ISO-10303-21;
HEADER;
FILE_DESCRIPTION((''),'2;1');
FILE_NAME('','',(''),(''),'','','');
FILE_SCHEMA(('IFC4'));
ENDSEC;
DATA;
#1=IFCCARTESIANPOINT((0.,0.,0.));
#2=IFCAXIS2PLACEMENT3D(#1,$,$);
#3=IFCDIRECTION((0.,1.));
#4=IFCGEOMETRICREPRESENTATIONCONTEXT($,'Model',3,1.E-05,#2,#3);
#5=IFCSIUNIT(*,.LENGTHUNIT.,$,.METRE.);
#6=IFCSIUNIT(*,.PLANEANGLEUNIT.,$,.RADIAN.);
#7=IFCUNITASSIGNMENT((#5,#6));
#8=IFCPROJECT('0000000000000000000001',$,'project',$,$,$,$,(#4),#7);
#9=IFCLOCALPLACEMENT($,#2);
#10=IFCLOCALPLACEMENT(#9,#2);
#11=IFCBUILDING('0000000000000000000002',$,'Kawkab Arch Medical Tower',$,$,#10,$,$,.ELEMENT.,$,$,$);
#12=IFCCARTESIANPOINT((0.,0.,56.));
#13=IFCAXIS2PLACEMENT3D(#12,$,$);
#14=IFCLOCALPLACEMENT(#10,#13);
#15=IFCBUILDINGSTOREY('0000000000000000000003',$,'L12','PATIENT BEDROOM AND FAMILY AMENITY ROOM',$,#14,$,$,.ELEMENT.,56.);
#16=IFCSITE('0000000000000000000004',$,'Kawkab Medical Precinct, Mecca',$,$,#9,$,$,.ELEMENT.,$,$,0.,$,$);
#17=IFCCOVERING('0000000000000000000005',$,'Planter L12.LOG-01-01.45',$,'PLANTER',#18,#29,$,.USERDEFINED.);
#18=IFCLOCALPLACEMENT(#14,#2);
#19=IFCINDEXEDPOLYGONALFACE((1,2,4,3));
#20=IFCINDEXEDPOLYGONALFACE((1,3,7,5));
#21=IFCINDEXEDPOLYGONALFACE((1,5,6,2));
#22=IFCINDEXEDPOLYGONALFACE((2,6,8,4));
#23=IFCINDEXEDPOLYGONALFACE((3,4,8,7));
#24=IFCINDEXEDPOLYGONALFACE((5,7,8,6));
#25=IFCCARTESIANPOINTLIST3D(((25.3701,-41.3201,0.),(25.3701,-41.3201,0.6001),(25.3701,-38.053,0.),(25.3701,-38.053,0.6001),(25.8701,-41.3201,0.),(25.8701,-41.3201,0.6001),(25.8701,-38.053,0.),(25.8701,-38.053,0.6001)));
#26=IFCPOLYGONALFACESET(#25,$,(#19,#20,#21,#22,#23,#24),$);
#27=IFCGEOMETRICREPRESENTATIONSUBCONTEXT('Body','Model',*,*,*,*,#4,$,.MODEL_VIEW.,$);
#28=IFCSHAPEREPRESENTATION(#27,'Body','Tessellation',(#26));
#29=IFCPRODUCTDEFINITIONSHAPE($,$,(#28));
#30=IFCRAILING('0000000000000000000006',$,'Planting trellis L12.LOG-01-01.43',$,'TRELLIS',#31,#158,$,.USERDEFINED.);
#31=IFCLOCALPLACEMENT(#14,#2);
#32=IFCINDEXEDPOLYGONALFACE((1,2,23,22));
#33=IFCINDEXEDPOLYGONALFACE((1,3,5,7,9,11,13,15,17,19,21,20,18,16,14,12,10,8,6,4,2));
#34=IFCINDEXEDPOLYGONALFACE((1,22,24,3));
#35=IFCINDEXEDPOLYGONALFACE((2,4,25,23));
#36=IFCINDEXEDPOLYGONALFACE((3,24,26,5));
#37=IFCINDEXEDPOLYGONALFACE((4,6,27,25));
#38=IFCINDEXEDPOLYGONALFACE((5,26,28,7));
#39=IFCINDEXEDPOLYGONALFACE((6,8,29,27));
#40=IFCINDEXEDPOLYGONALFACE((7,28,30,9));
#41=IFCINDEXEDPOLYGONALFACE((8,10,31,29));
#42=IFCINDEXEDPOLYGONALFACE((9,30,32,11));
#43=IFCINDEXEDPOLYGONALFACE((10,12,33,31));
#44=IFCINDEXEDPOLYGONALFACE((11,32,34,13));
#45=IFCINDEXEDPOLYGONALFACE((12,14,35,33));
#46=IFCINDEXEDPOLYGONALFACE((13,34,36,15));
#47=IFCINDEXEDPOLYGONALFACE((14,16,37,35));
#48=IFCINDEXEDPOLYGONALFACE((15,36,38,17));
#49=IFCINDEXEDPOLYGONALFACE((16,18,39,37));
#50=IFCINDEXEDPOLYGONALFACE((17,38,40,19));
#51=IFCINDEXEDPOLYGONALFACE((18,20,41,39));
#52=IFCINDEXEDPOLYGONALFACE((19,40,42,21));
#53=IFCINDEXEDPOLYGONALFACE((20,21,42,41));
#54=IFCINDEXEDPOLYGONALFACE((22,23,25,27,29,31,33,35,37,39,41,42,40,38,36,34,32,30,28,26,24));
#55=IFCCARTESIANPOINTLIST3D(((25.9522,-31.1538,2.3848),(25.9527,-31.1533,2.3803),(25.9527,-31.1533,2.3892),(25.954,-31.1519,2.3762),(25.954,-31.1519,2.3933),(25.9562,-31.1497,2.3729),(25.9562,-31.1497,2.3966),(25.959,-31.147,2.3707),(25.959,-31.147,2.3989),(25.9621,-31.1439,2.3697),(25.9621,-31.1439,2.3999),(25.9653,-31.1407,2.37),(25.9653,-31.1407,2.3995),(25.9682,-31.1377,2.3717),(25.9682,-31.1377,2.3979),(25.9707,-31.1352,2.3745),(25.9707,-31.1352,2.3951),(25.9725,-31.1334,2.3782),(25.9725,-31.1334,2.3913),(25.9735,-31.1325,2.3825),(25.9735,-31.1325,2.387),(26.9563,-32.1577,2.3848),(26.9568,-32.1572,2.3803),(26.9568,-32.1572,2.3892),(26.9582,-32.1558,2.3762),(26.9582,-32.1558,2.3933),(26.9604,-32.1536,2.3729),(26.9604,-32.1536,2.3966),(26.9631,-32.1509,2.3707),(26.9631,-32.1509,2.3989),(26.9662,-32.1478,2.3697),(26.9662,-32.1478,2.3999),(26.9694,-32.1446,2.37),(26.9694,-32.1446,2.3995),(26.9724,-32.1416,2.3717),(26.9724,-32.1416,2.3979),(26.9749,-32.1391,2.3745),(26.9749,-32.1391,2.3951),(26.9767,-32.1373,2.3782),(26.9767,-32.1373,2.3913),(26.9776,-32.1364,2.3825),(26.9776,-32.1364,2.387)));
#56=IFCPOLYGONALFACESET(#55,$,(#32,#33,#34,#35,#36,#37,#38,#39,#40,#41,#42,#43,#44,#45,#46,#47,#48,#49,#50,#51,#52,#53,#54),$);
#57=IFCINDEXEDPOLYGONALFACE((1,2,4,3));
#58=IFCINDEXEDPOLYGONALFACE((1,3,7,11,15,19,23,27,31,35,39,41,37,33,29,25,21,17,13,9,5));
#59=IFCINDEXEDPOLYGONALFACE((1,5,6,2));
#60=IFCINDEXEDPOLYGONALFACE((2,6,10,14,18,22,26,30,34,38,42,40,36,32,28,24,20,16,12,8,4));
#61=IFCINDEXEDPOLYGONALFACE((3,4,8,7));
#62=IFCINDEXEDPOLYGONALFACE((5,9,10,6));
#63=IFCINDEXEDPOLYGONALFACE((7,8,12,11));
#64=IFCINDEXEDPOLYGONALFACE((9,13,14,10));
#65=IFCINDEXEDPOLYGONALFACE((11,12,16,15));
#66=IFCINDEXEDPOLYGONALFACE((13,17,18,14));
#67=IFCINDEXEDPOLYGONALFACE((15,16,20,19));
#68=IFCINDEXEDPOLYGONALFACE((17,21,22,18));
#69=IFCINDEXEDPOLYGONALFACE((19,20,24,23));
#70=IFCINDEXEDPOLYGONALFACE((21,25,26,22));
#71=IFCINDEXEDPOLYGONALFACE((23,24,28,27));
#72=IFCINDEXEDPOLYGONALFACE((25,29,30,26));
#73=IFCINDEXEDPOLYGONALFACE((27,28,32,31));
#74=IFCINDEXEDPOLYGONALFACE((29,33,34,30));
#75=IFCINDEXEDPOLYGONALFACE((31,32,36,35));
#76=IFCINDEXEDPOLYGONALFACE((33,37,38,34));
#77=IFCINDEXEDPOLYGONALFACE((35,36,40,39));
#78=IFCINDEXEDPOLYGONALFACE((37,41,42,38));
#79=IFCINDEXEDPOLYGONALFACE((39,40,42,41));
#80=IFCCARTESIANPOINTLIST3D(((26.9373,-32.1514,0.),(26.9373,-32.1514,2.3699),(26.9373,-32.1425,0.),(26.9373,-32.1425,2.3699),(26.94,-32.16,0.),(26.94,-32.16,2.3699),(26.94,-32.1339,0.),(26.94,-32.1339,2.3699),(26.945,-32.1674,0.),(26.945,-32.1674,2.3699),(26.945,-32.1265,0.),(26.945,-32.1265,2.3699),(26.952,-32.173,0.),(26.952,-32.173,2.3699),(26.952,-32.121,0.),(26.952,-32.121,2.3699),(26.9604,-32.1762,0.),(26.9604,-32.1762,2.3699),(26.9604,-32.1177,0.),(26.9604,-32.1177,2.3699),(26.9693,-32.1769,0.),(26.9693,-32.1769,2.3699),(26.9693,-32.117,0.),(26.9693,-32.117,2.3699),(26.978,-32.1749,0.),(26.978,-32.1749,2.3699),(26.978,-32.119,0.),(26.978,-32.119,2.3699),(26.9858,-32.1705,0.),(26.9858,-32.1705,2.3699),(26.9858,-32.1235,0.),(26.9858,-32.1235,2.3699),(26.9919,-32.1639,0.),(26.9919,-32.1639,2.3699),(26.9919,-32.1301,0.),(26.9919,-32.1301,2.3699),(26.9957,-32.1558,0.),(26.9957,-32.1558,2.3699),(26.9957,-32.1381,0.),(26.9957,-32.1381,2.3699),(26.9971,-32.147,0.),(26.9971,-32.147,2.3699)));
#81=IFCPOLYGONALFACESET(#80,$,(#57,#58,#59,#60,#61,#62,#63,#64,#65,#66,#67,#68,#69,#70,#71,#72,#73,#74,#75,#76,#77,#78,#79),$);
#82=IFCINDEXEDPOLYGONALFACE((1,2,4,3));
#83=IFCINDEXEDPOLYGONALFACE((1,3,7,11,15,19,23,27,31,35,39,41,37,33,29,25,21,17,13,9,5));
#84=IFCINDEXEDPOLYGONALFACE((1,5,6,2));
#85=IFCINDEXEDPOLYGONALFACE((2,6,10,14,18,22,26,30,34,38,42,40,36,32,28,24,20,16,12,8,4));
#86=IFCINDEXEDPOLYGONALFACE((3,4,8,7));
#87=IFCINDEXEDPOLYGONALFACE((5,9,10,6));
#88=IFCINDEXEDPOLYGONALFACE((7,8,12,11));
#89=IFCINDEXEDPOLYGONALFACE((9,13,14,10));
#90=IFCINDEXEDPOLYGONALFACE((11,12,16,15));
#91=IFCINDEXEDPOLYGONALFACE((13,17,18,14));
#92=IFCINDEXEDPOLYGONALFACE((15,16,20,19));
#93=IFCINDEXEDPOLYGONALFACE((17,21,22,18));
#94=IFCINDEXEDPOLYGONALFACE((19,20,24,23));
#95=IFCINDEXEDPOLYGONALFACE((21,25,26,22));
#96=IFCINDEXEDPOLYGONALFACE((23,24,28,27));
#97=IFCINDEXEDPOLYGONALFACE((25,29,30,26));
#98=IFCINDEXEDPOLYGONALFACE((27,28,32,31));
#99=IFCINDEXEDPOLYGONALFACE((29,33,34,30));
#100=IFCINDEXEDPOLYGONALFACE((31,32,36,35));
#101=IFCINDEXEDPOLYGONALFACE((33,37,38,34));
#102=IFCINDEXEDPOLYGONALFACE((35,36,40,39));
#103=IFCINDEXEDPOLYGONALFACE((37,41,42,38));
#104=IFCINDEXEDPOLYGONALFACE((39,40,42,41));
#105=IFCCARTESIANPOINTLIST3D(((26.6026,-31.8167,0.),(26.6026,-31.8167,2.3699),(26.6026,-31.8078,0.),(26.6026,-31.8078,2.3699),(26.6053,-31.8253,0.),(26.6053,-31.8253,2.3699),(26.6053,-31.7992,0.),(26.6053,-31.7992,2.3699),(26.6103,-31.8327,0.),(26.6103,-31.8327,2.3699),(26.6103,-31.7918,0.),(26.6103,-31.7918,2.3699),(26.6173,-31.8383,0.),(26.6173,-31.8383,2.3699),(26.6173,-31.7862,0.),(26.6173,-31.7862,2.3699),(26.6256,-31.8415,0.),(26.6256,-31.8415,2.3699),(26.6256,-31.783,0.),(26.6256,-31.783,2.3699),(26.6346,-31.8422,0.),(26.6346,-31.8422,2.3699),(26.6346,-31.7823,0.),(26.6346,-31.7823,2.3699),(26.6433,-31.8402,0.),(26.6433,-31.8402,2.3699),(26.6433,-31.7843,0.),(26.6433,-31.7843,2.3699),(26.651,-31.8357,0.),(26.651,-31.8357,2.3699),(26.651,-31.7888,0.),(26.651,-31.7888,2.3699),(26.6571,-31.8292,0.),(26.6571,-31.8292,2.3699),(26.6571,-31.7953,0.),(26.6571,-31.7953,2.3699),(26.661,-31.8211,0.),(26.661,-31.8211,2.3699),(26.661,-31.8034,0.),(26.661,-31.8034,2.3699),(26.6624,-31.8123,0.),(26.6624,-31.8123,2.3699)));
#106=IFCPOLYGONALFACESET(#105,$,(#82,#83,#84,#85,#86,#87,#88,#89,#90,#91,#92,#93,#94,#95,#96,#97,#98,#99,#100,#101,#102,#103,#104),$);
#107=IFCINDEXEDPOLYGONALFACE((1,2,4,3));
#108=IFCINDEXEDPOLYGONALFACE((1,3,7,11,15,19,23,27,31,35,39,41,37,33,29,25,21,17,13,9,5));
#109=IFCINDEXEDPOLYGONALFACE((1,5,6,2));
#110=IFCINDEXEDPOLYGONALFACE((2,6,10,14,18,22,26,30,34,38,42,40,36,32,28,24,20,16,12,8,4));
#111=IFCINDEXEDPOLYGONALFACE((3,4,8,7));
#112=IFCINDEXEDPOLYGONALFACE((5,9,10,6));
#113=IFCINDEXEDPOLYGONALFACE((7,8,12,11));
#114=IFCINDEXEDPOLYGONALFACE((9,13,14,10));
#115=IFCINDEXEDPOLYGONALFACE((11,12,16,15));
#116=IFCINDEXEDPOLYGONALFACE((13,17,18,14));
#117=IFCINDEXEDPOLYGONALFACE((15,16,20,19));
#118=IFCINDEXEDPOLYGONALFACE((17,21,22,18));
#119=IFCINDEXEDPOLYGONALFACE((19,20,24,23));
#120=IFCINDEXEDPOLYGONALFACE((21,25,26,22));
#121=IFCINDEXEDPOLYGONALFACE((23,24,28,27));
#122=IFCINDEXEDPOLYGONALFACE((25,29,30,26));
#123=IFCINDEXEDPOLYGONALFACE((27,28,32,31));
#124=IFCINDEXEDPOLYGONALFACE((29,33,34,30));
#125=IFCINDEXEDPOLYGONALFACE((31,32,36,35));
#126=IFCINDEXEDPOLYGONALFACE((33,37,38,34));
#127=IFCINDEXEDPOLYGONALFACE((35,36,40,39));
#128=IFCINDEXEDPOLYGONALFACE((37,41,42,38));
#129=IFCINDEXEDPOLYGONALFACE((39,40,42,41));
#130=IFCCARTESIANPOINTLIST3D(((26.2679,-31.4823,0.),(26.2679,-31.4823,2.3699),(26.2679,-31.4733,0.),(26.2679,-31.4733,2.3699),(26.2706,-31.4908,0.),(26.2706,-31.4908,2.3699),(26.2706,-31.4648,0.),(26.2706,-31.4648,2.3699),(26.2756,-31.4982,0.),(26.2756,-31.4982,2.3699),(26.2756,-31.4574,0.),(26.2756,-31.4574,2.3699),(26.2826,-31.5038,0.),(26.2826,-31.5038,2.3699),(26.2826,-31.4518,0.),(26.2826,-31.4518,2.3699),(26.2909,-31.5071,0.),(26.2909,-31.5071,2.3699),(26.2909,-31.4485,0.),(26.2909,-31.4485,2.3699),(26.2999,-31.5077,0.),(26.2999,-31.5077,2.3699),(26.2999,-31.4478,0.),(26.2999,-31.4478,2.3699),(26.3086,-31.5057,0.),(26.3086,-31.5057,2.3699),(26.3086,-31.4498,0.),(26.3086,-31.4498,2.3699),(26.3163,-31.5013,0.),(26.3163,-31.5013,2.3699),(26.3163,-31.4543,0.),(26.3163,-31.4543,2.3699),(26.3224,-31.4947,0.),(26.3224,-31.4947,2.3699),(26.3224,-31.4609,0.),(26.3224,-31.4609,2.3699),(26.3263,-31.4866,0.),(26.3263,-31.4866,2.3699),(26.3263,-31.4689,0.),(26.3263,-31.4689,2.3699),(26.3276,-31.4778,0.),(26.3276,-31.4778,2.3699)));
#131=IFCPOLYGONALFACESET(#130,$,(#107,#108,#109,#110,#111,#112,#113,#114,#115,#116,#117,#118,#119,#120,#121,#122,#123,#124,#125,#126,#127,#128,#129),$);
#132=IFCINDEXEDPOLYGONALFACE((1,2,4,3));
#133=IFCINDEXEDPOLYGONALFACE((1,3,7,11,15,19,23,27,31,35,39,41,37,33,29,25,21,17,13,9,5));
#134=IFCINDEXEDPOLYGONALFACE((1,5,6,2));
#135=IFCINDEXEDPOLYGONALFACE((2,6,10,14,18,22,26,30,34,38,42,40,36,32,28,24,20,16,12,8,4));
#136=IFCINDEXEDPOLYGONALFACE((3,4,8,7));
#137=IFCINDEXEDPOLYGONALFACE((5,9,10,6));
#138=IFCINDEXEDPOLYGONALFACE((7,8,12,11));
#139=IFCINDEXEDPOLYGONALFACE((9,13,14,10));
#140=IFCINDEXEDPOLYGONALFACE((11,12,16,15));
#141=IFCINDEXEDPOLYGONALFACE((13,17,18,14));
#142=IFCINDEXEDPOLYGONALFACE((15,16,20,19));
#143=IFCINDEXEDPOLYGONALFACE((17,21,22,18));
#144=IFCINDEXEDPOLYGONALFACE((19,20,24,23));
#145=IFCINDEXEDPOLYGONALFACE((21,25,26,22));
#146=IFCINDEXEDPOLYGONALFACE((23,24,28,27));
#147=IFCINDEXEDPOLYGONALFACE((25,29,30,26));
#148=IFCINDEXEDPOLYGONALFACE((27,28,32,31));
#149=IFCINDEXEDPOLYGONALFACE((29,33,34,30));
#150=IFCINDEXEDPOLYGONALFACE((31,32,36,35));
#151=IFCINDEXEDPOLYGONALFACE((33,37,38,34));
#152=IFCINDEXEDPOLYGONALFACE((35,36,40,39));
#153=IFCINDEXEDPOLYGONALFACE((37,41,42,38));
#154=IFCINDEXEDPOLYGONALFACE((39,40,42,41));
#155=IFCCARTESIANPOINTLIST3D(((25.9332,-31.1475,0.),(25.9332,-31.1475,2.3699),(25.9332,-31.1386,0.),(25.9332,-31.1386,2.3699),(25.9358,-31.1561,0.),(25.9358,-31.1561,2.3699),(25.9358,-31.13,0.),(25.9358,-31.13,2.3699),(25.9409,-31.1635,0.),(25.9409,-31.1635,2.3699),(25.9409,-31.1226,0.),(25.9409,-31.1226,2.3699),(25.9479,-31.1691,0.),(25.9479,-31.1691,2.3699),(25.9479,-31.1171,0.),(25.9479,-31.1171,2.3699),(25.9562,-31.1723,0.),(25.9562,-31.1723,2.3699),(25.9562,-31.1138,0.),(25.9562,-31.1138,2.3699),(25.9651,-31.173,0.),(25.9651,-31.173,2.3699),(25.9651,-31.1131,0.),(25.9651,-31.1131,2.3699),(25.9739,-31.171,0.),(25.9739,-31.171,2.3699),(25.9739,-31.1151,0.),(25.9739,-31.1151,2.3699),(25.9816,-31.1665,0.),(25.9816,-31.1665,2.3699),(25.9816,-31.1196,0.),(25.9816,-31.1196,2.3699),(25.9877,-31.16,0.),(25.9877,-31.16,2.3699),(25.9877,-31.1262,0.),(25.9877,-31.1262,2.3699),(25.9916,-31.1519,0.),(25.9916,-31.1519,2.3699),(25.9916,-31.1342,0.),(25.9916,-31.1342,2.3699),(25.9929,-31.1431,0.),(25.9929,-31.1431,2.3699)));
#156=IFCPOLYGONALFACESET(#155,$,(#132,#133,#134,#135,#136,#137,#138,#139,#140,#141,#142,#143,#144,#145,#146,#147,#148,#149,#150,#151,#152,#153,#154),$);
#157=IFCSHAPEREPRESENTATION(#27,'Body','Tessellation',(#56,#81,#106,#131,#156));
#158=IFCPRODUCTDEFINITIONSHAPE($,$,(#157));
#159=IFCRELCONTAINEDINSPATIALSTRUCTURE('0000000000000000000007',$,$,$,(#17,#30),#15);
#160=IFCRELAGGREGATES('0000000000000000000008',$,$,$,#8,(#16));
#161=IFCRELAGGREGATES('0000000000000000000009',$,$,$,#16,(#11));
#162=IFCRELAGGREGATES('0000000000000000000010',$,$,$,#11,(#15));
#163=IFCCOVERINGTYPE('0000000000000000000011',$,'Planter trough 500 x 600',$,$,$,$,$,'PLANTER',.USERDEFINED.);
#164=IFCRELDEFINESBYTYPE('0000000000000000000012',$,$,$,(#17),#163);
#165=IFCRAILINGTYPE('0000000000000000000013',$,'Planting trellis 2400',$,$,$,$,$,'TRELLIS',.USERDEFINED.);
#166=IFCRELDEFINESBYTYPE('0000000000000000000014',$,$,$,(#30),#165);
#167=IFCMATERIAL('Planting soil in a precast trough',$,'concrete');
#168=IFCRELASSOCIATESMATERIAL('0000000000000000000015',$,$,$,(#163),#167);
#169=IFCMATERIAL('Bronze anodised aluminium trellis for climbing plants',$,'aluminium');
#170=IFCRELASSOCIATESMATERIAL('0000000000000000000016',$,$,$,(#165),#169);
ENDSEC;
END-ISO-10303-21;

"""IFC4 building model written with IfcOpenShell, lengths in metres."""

from ifc_helpers import new_model, si_unit, direction, frame, origin, origin_2d, place, context, subcontext, project, spatial, rectangle, circle, extrude, material, material_profile, profile_set, type_object, element, save


model = new_model("IFC4")

# Units and contexts
model_context = context("Model", 3, precision=1e-05, world=origin(), true_north=direction((0.0, 1.0)))
body_context = subcontext(model_context, "Body", "Model", "MODEL_VIEW")
ifc_project = project(units=[si_unit("LENGTHUNIT", "METRE"), si_unit("PLANEANGLEUNIT", "RADIAN")], contexts=[model_context])

# Site, building, storey
site_placement = place(None, origin())
site = spatial("IfcSite", under=ifc_project, at=site_placement, Name="Kawkab Medical Precinct, Mecca", CompositionType="ELEMENT", RefElevation=0.0)
building_placement = place(site_placement, origin())
building = spatial("IfcBuilding", under=site, at=building_placement, Name="Kawkab Arch Medical Tower", CompositionType="ELEMENT")
storey_placement = place(building_placement, frame((0.0, 0.0, 56.0)))
storey = spatial("IfcBuildingStorey", under=building, at=storey_placement, Name="L12", Description="PATIENT BEDROOM AND FAMILY AMENITY ROOM", CompositionType="ELEMENT", Elevation=56.0)

# Covering
ifc_material_1 = material(Name="Planting soil in a precast trough", Category="concrete")
ifc_material_profile_1 = material_profile(ifc_material_1, rectangle(XDim=0.5, YDim=0.6001, at=origin_2d()), Name="Trough 500x600")
ifc_profile_set_1 = profile_set([ifc_material_profile_1], Name="Planting soil in a precast trough")
covering_type = type_object("IfcCoveringType", Name="Planter trough 500 x 600", ElementType="PLANTER", PredefinedType="USERDEFINED", material=ifc_profile_set_1)
covering_1_placement = place(storey_placement, frame((25.6201, -38.053, 0.3), z_axis=(0.0, -1.0, 0.0), x_axis=(1.0, 0.0, 0.0)))
element("IfcCovering", 1, at=covering_1_placement, inside=storey, type_object=covering_type, Name="Planter L12.LOG-01-01.45", ObjectType="PLANTER", PredefinedType="USERDEFINED", context=body_context, shape_type="SweptSolid", body=[
    extrude(rectangle(XDim=0.5, YDim=0.6001, at=origin_2d()), origin(), (0.0, 0.0, 1.0), 3.2671),
])

# Railing
ifc_material_2 = material(Name="Bronze anodised aluminium trellis for climbing plants", Category="aluminium")
railing_type = type_object("IfcRailingType", Name="Planting trellis 2400", ElementType="TRELLIS", PredefinedType="USERDEFINED", material=ifc_material_2)
railing_1_placement = place(storey_placement, frame((26.967, -32.147, 0.0)))
element("IfcRailing", 2, at=railing_1_placement, inside=storey, type_object=railing_type, Name="Planting trellis L12.LOG-01-01.43", ObjectType="TRELLIS", PredefinedType="USERDEFINED", context=body_context, shape_type="SweptSolid", body=[
    extrude(circle(Radius=0.0151, at=origin_2d()), frame((0.0, 0.0, 2.3848), z_axis=(-0.707193, 0.707021, 0.0), x_axis=(-0.707021, -0.707193, 0.0)), (0.0, 0.0, 1.0), 1.4199),
    extrude(circle(Radius=0.03, at=origin_2d()), origin(), (0.0, 0.0, 1.0), 2.3699),
    extrude(circle(Radius=0.03, at=origin_2d()), frame((-0.3347, 0.3347, 0.0)), (0.0, 0.0, 1.0), 2.3699),
    extrude(circle(Radius=0.03, at=origin_2d()), frame((-0.6694, 0.6692, 0.0)), (0.0, 0.0, 1.0), 2.3699),
    extrude(circle(Radius=0.03, at=origin_2d()), frame((-1.0042, 1.0039, 0.0)), (0.0, 0.0, 1.0), 2.3699),
])

save(model, "model.ifc")
